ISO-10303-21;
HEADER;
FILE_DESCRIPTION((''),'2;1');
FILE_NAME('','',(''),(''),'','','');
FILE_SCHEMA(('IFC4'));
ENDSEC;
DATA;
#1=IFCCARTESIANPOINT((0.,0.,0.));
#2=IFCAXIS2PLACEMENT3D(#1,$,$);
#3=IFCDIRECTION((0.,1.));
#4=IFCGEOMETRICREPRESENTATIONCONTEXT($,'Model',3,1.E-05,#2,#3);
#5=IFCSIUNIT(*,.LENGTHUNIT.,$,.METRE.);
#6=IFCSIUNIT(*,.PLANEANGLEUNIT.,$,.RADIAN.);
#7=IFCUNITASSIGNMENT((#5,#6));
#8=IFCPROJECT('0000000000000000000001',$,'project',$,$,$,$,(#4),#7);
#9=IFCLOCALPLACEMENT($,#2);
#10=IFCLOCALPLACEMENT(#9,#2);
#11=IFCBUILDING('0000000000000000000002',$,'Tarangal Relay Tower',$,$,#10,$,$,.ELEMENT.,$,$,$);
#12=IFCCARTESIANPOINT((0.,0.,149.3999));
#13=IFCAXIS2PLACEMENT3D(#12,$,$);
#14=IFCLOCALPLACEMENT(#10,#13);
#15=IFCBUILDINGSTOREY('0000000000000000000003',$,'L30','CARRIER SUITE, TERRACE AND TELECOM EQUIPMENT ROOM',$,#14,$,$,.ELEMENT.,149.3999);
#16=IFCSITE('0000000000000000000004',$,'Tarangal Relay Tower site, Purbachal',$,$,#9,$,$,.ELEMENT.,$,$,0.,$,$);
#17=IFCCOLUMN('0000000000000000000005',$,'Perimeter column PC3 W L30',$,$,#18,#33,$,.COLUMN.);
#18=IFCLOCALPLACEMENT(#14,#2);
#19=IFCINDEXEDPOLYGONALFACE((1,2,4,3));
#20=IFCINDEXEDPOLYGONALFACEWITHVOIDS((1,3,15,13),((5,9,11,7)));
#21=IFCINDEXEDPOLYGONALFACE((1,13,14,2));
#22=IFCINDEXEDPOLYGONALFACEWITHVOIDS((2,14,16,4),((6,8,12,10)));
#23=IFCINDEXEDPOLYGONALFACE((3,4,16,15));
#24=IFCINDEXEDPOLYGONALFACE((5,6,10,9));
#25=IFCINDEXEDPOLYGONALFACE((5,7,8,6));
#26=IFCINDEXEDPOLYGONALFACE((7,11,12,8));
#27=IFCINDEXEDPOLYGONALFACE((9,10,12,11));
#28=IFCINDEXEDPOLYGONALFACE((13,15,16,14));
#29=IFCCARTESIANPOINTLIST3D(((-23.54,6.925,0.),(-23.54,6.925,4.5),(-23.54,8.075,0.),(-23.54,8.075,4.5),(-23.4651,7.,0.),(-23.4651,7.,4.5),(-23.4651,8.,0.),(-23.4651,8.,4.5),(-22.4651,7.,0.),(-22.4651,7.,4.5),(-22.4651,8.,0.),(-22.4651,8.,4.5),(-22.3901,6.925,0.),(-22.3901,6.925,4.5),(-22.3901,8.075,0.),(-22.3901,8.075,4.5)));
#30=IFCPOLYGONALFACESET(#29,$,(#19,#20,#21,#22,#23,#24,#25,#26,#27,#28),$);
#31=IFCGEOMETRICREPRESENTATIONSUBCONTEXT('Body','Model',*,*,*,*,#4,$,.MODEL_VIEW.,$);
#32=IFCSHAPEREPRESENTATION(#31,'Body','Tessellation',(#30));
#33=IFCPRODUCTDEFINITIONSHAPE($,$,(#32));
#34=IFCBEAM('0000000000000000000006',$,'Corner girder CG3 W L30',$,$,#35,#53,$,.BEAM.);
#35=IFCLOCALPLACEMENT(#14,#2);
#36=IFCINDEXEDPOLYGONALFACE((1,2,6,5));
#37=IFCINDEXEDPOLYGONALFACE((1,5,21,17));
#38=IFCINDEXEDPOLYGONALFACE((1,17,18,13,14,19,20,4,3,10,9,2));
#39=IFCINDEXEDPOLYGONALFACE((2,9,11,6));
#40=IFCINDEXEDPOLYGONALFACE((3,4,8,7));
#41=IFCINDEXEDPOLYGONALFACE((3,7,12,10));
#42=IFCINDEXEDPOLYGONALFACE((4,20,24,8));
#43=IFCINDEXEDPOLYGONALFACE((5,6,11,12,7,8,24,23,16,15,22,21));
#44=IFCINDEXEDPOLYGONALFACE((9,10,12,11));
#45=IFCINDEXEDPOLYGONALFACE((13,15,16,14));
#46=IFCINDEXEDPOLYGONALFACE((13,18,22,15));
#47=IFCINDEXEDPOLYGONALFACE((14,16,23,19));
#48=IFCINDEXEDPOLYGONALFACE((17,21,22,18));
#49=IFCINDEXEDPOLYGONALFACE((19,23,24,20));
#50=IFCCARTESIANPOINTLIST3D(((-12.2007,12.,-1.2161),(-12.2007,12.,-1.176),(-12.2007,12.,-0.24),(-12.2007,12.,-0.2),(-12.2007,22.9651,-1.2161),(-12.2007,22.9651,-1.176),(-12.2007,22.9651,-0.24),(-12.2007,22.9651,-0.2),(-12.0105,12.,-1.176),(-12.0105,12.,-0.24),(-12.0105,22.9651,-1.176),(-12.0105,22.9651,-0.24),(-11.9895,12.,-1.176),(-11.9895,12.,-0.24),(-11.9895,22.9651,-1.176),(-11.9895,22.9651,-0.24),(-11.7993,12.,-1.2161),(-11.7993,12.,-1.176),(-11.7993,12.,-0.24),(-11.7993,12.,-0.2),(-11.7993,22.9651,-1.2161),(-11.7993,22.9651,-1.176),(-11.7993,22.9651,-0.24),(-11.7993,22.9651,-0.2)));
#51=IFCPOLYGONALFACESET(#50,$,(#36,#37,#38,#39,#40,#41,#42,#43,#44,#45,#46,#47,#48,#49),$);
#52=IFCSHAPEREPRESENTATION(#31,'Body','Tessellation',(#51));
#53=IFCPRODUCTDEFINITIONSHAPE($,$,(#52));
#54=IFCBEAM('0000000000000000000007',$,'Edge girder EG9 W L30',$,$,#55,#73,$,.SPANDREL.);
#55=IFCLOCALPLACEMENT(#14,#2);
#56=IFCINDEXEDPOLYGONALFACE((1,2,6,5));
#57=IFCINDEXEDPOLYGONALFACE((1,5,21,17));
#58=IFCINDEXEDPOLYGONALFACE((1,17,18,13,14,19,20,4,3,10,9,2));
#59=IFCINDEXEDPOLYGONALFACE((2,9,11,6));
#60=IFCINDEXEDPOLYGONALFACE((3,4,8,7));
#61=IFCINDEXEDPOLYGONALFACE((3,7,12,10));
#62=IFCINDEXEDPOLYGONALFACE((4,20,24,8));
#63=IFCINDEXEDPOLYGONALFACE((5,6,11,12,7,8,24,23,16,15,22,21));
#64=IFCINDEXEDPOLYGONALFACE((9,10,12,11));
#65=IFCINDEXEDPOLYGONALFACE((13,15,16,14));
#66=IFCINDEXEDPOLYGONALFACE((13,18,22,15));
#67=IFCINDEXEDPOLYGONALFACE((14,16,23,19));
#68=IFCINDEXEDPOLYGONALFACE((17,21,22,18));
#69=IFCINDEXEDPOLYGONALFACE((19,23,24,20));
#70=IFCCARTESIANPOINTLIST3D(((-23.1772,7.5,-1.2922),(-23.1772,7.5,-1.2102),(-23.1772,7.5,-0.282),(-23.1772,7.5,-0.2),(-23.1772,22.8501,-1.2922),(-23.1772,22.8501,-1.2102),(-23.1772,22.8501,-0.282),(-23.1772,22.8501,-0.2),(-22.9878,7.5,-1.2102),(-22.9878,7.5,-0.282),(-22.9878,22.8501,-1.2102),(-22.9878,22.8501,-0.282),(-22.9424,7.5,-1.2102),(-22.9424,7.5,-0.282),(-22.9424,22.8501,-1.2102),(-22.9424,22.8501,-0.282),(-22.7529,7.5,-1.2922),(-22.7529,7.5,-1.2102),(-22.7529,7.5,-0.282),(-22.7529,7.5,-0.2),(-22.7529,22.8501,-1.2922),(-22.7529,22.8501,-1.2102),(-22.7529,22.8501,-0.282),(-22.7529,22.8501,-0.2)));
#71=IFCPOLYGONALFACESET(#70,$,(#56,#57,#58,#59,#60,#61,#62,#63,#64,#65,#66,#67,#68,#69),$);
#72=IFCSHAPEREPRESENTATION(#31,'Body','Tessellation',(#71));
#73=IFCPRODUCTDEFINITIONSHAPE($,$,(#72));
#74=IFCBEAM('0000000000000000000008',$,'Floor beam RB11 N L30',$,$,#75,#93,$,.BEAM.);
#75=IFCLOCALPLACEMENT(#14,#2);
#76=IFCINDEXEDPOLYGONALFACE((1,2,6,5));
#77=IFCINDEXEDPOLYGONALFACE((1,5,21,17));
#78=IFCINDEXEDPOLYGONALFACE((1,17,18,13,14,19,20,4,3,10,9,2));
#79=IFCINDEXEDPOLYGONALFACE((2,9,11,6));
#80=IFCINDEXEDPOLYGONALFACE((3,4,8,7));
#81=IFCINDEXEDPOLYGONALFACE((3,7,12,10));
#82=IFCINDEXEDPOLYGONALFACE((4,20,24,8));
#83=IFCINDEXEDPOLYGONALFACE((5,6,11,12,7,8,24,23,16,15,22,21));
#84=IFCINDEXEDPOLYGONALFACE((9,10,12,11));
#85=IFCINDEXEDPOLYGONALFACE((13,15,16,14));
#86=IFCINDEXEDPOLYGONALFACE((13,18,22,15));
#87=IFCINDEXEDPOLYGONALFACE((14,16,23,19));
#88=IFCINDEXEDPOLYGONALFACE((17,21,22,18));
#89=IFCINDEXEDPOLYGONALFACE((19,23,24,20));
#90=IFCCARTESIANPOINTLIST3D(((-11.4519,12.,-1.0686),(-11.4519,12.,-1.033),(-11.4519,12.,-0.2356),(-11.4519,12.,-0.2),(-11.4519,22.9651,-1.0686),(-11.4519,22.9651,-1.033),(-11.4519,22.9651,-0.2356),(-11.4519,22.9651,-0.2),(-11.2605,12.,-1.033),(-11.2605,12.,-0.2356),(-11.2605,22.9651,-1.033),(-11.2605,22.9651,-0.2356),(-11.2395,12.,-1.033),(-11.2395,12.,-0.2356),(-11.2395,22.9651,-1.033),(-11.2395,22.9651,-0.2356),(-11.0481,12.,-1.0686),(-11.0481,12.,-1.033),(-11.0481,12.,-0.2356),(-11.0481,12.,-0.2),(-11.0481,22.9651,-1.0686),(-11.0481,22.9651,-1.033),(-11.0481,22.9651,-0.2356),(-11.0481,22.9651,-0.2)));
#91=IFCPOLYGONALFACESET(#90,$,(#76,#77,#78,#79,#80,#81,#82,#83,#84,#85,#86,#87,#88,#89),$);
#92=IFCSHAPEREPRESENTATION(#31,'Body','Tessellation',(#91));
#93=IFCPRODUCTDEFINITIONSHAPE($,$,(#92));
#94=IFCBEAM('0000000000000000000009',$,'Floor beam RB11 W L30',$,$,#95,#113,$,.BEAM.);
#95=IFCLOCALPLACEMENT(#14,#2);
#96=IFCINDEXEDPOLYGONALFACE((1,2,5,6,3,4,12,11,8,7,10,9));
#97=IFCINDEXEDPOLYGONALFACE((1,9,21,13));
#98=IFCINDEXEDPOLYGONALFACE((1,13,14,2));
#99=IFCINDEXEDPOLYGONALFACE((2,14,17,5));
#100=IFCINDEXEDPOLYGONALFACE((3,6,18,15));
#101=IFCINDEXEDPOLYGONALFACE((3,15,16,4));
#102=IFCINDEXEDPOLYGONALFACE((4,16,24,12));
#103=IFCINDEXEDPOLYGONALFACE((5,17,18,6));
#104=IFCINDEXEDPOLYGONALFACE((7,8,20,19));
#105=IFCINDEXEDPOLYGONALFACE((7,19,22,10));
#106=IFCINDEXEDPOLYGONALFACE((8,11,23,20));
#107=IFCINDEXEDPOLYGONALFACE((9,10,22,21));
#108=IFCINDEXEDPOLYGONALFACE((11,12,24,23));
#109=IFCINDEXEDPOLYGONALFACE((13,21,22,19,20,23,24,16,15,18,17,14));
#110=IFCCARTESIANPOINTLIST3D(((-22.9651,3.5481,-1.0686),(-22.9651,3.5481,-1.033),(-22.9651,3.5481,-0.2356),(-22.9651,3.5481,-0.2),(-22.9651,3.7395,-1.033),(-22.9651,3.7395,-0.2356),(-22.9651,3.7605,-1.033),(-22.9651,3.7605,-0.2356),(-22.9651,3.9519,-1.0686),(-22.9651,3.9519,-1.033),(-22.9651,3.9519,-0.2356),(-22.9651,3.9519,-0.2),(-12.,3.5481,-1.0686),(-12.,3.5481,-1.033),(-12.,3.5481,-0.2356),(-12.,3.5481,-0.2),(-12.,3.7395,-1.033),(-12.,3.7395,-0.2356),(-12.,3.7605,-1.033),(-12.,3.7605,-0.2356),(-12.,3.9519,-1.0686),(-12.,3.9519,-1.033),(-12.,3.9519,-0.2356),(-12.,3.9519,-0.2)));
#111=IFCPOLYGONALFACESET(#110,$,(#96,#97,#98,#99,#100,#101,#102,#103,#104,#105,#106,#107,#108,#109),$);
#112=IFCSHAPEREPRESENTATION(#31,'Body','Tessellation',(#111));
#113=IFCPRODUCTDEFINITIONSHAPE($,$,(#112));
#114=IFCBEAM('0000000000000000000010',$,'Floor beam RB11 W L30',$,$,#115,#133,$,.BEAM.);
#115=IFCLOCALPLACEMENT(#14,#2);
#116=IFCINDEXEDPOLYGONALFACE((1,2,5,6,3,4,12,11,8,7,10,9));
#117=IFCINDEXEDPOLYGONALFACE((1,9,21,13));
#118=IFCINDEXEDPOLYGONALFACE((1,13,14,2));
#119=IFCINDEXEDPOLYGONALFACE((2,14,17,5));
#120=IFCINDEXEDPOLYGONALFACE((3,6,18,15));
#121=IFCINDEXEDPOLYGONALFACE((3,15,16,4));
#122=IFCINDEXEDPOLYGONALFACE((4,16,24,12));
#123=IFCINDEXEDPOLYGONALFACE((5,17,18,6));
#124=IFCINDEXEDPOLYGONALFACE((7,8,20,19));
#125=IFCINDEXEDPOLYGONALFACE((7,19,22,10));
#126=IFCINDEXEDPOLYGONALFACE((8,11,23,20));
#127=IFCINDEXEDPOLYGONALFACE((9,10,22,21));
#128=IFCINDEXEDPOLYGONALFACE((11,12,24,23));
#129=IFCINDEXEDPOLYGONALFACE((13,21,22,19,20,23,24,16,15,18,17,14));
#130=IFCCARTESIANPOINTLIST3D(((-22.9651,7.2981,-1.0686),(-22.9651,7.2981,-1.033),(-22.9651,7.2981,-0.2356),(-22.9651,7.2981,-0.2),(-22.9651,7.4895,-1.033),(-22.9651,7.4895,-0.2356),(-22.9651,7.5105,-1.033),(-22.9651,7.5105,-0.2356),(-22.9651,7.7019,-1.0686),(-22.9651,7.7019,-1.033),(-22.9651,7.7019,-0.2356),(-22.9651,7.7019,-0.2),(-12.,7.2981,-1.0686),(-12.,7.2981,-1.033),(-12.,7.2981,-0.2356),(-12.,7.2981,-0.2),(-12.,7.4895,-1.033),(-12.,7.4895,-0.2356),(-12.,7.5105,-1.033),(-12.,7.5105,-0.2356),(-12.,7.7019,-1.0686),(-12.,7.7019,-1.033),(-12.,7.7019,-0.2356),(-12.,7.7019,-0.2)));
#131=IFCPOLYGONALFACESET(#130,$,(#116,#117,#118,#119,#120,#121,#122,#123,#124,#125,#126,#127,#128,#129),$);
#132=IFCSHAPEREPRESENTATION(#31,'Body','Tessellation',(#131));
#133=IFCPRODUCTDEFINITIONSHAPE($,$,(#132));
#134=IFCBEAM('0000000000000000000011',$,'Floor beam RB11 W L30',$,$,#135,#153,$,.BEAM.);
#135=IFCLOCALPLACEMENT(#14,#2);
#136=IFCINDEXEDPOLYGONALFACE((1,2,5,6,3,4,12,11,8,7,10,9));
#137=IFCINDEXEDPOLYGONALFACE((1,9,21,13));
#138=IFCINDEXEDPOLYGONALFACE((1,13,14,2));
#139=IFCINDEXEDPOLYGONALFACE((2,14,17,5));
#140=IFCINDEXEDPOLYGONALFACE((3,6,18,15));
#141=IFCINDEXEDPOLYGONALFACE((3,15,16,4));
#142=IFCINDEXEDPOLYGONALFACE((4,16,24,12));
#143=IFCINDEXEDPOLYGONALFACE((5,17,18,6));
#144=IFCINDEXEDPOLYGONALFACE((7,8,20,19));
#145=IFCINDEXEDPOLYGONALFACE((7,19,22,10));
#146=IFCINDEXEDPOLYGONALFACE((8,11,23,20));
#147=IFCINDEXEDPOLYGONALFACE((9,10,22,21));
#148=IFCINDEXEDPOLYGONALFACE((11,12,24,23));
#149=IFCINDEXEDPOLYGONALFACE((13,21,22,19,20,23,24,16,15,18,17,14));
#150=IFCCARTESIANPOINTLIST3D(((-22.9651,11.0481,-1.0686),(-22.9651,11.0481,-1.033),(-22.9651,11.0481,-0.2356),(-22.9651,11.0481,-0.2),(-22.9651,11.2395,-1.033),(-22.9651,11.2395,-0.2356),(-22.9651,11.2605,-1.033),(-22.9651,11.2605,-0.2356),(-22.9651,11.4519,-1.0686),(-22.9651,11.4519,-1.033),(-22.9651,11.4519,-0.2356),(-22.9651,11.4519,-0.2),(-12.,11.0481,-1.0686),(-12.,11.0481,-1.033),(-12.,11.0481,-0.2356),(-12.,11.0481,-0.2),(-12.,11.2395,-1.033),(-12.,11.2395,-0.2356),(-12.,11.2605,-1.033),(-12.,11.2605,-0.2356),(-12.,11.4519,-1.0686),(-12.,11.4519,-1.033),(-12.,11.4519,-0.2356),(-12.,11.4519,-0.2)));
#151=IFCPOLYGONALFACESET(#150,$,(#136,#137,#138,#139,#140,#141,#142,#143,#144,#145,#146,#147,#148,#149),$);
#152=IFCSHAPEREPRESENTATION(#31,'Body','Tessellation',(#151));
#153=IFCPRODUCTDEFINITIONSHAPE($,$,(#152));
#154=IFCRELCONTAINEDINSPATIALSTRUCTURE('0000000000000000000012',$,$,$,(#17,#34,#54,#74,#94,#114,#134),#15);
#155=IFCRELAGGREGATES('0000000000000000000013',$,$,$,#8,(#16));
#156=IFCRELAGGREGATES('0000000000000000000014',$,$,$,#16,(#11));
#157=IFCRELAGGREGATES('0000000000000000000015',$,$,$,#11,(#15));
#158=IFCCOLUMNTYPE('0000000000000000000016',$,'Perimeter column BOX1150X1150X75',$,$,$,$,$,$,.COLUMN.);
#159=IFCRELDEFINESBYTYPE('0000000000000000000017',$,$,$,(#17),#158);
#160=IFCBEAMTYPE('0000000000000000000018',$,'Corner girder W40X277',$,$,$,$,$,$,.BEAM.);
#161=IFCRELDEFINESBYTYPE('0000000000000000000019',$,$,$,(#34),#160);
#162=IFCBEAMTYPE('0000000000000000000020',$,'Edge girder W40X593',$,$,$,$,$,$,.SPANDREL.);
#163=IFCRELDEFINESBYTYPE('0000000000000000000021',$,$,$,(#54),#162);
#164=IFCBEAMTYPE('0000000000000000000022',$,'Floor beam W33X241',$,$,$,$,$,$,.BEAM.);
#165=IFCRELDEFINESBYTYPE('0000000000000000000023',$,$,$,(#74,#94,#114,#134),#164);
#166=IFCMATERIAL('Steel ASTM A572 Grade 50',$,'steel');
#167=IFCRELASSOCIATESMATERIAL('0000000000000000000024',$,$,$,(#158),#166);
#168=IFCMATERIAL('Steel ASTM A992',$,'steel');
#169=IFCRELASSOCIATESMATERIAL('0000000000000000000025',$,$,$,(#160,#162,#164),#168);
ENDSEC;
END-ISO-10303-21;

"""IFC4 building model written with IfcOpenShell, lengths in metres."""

from ifc_helpers import new_model, si_unit, direction, frame, origin, origin_2d, place, context, subcontext, project, spatial, hollow_rectangle, i_section, extrude, material, material_profile, profile_set, type_object, element, save


model = new_model("IFC4")

# Units and contexts
model_context = context("Model", 3, precision=1e-05, world=origin(), true_north=direction((0.0, 1.0)))
body_context = subcontext(model_context, "Body", "Model", "MODEL_VIEW")
ifc_project = project(units=[si_unit("LENGTHUNIT", "METRE"), si_unit("PLANEANGLEUNIT", "RADIAN")], contexts=[model_context])

# Site, building, storey
site_placement = place(None, origin())
site = spatial("IfcSite", under=ifc_project, at=site_placement, Name="Tarangal Relay Tower site, Purbachal", CompositionType="ELEMENT", RefElevation=0.0)
building_placement = place(site_placement, origin())
building = spatial("IfcBuilding", under=site, at=building_placement, Name="Tarangal Relay Tower", CompositionType="ELEMENT")
storey_placement = place(building_placement, frame((0.0, 0.0, 149.3999)))
storey = spatial("IfcBuildingStorey", under=building, at=storey_placement, Name="L30", Description="CARRIER SUITE, TERRACE AND TELECOM EQUIPMENT ROOM", CompositionType="ELEMENT", Elevation=149.3999)

# Column
ifc_material_1 = material(Name="Steel ASTM A572 Grade 50", Category="steel")
ifc_material_profile_1 = material_profile(ifc_material_1, hollow_rectangle(XDim=1.1499, YDim=1.1499, WallThickness=0.075, at=origin_2d()), Name="BOX1150X1150X75")
ifc_profile_set_1 = profile_set([ifc_material_profile_1], Name="Steel ASTM A572 Grade 50")
column_type = type_object("IfcColumnType", Name="Perimeter column BOX1150X1150X75", PredefinedType="COLUMN", material=ifc_profile_set_1)
column_placement = place(storey_placement, frame((-22.9651, 7.5, 0.0), z_axis=(0.0, 0.0, 1.0), x_axis=(1.0, 0.0, 0.0)))
element("IfcColumn", 1, at=column_placement, inside=storey, type_object=column_type, Name="Perimeter column PC3 W L30", PredefinedType="COLUMN", context=body_context, shape_type="SweptSolid", body=[
    extrude(hollow_rectangle(XDim=1.1499, YDim=1.1499, WallThickness=0.075, at=origin_2d()), origin(), (0.0, 0.0, 1.0), 4.5),
])

# Beams
ifc_material_2 = material(Name="Steel ASTM A992", Category="steel")
ifc_material_profile_2 = material_profile(ifc_material_2, i_section(OverallWidth=0.4014, OverallDepth=1.0161, WebThickness=0.021, FlangeThickness=0.04, at=origin_2d()), Name="W40X277")
ifc_profile_set_2 = profile_set([ifc_material_profile_2], Name="Steel ASTM A992")
beam_type_1 = type_object("IfcBeamType", Name="Corner girder W40X277", PredefinedType="BEAM", material=ifc_profile_set_2)
beam_1_placement = place(storey_placement, frame((-12.0, 12.0, -0.708), z_axis=(0.0, 1.0, 0.0), x_axis=(-1.0, 0.0, 0.0)))
element("IfcBeam", 2, at=beam_1_placement, inside=storey, type_object=beam_type_1, Name="Corner girder CG3 W L30", PredefinedType="BEAM", context=body_context, shape_type="SweptSolid", body=[
    extrude(i_section(OverallWidth=0.4014, OverallDepth=1.0161, WebThickness=0.021, FlangeThickness=0.04, at=origin_2d()), origin(), (0.0, 0.0, 1.0), 10.9651),
])
ifc_material_profile_3 = material_profile(ifc_material_2, i_section(OverallWidth=0.4243, OverallDepth=1.0923, WebThickness=0.0454, FlangeThickness=0.082, at=origin_2d()), Name="W40X593")
ifc_profile_set_3 = profile_set([ifc_material_profile_3], Name="Steel ASTM A992")
beam_type_2 = type_object("IfcBeamType", Name="Edge girder W40X593", PredefinedType="SPANDREL", material=ifc_profile_set_3)
beam_2_placement = place(storey_placement, frame((-22.9651, 7.5, -0.7461), z_axis=(0.0, 1.0, 0.0), x_axis=(-1.0, 0.0, 0.0)))
element("IfcBeam", 3, at=beam_2_placement, inside=storey, type_object=beam_type_2, Name="Edge girder EG9 W L30", PredefinedType="SPANDREL", context=body_context, shape_type="SweptSolid", body=[
    extrude(i_section(OverallWidth=0.4243, OverallDepth=1.0923, WebThickness=0.0454, FlangeThickness=0.082, at=origin_2d()), origin(), (0.0, 0.0, 1.0), 15.3501),
])
ifc_material_profile_4 = material_profile(ifc_material_2, i_section(OverallWidth=0.4038, OverallDepth=0.8687, WebThickness=0.021, FlangeThickness=0.0356, at=origin_2d()), Name="W33X241")
ifc_profile_set_4 = profile_set([ifc_material_profile_4], Name="Steel ASTM A992")
beam_type_3 = type_object("IfcBeamType", Name="Floor beam W33X241", PredefinedType="BEAM", material=ifc_profile_set_4)
for number, where, z_axis, x_axis, name in (
    (4, (-11.25, 12.0, -0.6343), (0.0, 1.0, 0.0), (-1.0, 0.0, 0.0), "Floor beam RB11 N L30"),
    (5, (-12.0, 3.75, -0.6343), (-1.0, 0.0, 0.0), (0.0, -1.0, 0.0), "Floor beam RB11 W L30"),
    (6, (-12.0, 7.5, -0.6343), (-1.0, 0.0, 0.0), (0.0, -1.0, 0.0), "Floor beam RB11 W L30"),
    (7, (-12.0, 11.25, -0.6343), (-1.0, 0.0, 0.0), (0.0, -1.0, 0.0), "Floor beam RB11 W L30"),
):
    element("IfcBeam", number, at=place(storey_placement, frame(where, z_axis=z_axis, x_axis=x_axis)), inside=storey, type_object=beam_type_3, Name=name, PredefinedType="BEAM", context=body_context, shape_type="SweptSolid", body=[
        extrude(i_section(OverallWidth=0.4038, OverallDepth=0.8687, WebThickness=0.021, FlangeThickness=0.0356, at=origin_2d()), origin(), (0.0, 0.0, 1.0), 10.9651),
    ])

save(model, "model.ifc")
